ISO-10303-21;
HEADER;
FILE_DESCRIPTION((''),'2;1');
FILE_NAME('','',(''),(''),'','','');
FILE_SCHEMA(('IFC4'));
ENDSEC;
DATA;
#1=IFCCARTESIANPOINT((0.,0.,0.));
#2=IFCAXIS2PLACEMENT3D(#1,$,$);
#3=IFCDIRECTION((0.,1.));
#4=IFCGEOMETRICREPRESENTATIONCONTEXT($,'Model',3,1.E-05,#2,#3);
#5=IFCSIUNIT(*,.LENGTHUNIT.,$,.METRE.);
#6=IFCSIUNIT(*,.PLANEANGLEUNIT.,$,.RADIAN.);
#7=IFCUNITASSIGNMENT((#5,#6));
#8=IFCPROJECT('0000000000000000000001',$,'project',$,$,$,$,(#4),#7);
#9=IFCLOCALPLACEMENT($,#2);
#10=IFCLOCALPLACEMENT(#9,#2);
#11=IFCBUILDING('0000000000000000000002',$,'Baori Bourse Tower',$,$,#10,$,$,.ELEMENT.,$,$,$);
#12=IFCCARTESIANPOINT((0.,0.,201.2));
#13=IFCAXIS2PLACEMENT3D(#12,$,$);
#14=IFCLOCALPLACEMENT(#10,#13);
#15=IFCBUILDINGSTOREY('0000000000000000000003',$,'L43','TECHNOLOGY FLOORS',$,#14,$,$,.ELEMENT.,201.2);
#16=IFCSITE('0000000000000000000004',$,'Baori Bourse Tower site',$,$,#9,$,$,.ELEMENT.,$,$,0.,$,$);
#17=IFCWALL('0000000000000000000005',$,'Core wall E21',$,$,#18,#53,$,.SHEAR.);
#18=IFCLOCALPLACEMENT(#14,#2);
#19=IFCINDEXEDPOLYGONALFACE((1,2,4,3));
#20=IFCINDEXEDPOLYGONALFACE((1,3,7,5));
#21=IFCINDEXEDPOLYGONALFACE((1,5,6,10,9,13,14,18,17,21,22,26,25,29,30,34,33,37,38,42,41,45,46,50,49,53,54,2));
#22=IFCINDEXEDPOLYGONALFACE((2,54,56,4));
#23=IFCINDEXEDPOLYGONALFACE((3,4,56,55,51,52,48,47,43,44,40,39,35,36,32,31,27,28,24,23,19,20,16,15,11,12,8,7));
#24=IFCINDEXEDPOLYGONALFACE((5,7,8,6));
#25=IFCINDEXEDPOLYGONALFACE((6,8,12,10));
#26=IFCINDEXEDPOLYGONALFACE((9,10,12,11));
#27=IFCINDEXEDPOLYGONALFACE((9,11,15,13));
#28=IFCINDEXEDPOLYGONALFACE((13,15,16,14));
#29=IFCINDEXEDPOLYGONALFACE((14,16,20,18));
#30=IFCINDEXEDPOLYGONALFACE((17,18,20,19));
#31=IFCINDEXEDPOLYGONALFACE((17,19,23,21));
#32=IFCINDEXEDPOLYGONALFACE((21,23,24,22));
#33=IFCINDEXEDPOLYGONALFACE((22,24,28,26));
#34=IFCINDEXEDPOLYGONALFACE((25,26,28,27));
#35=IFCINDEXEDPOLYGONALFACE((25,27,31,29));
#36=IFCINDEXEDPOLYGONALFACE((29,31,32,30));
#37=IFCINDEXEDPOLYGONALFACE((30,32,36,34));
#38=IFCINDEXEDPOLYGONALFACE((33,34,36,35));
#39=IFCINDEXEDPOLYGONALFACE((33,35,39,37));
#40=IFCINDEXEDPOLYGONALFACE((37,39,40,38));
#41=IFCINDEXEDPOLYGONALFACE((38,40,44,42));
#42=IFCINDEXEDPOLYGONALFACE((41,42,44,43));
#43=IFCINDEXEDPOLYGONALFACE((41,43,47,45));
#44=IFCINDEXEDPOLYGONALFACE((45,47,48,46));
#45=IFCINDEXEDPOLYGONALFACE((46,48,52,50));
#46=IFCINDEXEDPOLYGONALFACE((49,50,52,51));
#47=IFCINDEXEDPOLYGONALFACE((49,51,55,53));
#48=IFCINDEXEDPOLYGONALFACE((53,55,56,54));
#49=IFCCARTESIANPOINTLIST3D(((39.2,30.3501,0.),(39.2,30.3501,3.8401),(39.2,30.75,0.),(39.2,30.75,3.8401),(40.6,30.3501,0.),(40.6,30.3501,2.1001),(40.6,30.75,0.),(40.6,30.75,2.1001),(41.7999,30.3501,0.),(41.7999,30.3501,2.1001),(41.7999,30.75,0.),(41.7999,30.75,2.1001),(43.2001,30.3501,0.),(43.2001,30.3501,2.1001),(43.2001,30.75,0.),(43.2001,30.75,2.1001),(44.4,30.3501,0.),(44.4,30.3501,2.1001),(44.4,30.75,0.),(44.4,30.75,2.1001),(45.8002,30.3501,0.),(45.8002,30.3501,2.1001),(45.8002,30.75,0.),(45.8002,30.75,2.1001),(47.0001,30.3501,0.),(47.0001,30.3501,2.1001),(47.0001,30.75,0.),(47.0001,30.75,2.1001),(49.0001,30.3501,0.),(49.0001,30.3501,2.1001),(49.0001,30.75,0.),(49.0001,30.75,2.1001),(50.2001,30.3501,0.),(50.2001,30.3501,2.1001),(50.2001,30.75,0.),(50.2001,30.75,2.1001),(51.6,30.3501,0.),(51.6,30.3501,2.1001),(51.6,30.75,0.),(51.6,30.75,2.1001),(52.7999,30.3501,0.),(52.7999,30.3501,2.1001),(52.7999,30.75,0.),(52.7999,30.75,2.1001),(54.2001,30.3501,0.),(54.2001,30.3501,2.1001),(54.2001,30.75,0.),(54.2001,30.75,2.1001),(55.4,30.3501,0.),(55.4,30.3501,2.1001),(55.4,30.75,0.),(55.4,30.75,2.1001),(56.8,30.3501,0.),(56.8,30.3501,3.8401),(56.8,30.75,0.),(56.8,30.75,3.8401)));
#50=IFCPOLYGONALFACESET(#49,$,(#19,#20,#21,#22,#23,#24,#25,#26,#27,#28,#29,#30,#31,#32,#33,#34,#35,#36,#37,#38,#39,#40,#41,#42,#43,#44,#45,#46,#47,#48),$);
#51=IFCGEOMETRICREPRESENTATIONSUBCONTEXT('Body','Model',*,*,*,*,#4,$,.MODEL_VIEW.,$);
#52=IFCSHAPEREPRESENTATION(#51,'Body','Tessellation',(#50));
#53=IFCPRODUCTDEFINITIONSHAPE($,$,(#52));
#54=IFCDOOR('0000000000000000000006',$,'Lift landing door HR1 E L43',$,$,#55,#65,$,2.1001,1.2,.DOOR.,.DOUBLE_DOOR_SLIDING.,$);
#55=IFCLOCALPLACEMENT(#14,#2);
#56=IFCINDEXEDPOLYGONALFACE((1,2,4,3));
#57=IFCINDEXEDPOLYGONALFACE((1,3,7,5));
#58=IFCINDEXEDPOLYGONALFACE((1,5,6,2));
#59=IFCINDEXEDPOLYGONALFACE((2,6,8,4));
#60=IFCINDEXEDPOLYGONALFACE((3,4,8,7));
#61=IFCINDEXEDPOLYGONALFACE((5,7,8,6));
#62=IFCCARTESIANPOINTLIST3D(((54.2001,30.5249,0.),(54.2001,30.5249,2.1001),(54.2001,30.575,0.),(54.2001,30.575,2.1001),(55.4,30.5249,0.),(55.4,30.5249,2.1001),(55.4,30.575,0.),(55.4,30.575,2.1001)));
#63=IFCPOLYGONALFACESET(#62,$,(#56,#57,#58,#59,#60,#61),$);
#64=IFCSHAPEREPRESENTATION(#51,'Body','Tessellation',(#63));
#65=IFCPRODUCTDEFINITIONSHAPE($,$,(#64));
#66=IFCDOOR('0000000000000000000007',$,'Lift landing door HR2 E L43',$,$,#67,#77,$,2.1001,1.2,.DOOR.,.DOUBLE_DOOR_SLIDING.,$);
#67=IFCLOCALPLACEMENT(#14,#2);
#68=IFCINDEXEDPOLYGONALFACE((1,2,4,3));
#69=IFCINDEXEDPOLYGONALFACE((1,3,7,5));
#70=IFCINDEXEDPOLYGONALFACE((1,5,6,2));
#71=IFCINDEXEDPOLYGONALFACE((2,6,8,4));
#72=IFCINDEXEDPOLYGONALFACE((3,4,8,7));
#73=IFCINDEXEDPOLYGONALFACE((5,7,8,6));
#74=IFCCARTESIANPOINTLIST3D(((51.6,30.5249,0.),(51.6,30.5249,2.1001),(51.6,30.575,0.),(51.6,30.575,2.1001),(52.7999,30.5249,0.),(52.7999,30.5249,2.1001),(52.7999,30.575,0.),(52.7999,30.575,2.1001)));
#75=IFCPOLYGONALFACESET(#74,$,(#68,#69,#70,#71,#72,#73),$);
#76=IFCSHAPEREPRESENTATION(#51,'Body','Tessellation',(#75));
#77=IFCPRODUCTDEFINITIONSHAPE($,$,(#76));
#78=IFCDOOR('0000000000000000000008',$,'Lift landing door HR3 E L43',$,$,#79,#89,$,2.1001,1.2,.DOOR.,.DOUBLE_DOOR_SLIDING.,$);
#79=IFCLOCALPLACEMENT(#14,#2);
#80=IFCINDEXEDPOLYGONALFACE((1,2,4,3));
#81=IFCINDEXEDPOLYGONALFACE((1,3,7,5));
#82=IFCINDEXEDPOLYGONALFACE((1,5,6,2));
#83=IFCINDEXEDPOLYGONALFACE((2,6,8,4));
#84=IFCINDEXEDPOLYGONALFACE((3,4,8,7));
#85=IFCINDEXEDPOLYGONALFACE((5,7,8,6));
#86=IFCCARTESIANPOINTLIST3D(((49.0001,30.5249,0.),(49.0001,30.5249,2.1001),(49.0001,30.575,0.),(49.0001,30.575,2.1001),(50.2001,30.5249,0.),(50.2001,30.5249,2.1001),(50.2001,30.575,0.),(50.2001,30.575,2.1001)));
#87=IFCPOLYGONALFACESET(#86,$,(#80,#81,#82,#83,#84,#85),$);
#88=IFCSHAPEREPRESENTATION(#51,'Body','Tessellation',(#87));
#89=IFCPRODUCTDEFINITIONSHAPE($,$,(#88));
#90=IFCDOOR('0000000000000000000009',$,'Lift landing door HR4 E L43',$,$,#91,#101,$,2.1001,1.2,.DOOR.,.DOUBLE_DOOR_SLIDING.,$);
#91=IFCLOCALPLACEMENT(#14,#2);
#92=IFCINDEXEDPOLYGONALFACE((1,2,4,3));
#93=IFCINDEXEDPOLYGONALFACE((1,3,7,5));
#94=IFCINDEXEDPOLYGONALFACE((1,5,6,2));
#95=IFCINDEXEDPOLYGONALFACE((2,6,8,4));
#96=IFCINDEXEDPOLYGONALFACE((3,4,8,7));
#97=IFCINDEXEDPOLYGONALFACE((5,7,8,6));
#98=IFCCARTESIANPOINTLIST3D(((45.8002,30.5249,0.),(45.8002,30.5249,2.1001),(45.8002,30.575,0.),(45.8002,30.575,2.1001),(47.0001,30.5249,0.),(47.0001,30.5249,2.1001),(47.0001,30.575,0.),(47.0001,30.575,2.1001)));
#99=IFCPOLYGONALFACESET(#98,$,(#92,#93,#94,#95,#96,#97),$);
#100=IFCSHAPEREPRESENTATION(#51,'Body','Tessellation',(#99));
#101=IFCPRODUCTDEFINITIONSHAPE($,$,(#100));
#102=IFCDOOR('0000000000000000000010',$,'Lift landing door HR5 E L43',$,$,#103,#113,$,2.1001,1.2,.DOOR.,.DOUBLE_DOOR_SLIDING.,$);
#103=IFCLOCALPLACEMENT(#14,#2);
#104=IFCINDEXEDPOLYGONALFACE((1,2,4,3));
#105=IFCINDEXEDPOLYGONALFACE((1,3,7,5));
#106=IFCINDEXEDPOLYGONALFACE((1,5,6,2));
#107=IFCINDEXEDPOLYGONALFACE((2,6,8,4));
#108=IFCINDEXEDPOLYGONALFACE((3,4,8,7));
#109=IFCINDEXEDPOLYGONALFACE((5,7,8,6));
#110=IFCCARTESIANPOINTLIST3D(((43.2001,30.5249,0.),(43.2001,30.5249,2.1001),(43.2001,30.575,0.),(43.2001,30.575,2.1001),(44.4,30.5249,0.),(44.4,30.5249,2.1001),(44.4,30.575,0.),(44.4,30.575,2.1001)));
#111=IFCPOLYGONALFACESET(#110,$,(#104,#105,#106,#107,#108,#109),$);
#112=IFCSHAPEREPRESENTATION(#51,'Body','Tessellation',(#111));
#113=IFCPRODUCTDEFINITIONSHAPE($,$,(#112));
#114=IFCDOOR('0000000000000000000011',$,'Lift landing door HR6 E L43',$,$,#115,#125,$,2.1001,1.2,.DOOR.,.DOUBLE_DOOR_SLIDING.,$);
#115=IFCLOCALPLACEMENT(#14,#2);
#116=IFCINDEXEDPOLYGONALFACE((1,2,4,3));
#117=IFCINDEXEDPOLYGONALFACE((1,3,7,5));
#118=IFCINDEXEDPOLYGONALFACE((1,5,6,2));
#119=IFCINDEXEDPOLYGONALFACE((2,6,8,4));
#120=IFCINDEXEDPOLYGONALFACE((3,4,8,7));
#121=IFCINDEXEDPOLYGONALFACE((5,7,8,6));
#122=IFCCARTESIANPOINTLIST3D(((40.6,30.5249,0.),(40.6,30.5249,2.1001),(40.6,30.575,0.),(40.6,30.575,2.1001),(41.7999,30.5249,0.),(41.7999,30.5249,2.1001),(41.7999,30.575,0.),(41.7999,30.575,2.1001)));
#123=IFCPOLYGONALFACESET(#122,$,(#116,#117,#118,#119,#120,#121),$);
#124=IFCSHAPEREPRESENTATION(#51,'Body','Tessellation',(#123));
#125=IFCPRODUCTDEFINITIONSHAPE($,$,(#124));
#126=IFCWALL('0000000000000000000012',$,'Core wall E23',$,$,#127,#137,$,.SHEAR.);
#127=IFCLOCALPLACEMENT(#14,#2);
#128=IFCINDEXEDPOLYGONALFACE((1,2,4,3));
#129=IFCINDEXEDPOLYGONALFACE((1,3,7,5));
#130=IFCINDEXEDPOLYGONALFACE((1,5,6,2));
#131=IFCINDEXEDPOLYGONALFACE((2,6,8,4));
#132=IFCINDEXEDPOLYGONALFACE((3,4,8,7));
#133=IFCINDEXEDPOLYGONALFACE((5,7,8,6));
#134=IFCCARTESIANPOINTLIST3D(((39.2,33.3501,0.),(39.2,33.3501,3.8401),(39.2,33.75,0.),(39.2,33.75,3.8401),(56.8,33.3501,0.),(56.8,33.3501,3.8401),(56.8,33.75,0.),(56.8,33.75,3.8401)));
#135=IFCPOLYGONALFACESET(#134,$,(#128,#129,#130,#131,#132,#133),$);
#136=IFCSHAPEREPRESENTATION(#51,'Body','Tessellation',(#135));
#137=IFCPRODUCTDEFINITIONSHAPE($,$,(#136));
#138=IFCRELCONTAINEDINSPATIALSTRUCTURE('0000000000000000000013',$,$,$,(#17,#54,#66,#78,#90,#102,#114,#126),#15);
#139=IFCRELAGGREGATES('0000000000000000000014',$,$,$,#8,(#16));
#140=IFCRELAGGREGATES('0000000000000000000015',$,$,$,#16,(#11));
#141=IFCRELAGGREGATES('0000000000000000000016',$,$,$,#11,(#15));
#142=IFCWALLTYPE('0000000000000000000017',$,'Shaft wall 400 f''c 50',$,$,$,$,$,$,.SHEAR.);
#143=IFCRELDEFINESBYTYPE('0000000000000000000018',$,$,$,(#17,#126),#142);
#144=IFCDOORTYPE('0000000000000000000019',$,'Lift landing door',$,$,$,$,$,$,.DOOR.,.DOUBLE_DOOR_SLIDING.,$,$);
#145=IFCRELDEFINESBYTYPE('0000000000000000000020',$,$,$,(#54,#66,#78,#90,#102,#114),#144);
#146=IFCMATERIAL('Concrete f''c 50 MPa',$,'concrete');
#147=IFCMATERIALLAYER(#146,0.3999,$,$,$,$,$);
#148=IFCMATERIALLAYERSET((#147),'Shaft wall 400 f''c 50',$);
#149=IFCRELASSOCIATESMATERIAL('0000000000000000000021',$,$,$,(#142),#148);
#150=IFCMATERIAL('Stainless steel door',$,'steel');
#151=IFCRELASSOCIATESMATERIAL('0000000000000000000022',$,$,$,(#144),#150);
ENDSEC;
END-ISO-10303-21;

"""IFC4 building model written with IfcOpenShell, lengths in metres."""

from ifc_helpers import new_model, si_unit, direction, frame, frame_2d, origin, place, context, subcontext, project, spatial, rectangle, extrude, material, layer, layer_set, type_object, element, fill, save


model = new_model("IFC4")

# Units and contexts
model_context = context("Model", 3, precision=1e-05, world=origin(), true_north=direction((0.0, 1.0)))
body_context = subcontext(model_context, "Body", "Model", "MODEL_VIEW")
ifc_project = project(units=[si_unit("LENGTHUNIT", "METRE"), si_unit("PLANEANGLEUNIT", "RADIAN")], contexts=[model_context])

# Site, building, storey
site_placement = place(None, origin())
site = spatial("IfcSite", under=ifc_project, at=site_placement, Name="Baori Bourse Tower site", CompositionType="ELEMENT", RefElevation=0.0)
building_placement = place(site_placement, origin())
building = spatial("IfcBuilding", under=site, at=building_placement, Name="Baori Bourse Tower", CompositionType="ELEMENT")
storey_placement = place(building_placement, frame((0.0, 0.0, 201.2)))
storey = spatial("IfcBuildingStorey", under=building, at=storey_placement, Name="L43", Description="TECHNOLOGY FLOORS", CompositionType="ELEMENT", Elevation=201.2)

# Wall, openings, doors
ifc_material_1 = material(Name="Concrete f'c 50 MPa", Category="concrete")
ifc_layer_1 = layer(ifc_material_1, 0.3999)
ifc_layer_set_1 = layer_set([ifc_layer_1], Name="Shaft wall 400 f'c 50")
wall_type_1 = type_object("IfcWallType", Name="Shaft wall 400 f'c 50", PredefinedType="SHEAR", material=ifc_layer_set_1)
wall_1_placement = place(storey_placement, frame((39.2, 30.55, 0.0), z_axis=(0.0, 0.0, 1.0), x_axis=(1.0, 0.0, 0.0)))
wall_1 = element("IfcWall", 1, at=wall_1_placement, inside=storey, type_object=wall_type_1, Name="Core wall E21", PredefinedType="SHEAR", context=body_context, shape_type="SweptSolid", body=[
    extrude(rectangle(XDim=17.6001, YDim=0.3999, at=frame_2d((8.8, 0.0))), origin(), (0.0, 0.0, 1.0), 3.8401),
])
opening_1_placement = place(wall_1_placement, frame((15.0, 0.0, 0.0)))
opening_1 = element("IfcOpeningElement", 2, at=opening_1_placement, cuts=wall_1, PredefinedType="OPENING", context=body_context, shape_type="SweptSolid", body=[
    extrude(rectangle(XDim=1.2, YDim=2.1001, at=frame_2d((0.6001, 1.05))), frame((0.0, 0.21, 0.0), z_axis=(0.0, -1.0, 0.0), x_axis=(1.0, 0.0, 0.0)), (0.0, 0.0, 1.0), 0.4199),
])
opening_2_placement = place(wall_1_placement, frame((12.3999, 0.0, 0.0)))
opening_2 = element("IfcOpeningElement", 3, at=opening_2_placement, cuts=wall_1, PredefinedType="OPENING", context=body_context, shape_type="SweptSolid", body=[
    extrude(rectangle(XDim=1.2, YDim=2.1001, at=frame_2d((0.6001, 1.05))), frame((0.0, 0.21, 0.0), z_axis=(0.0, -1.0, 0.0), x_axis=(1.0, 0.0, 0.0)), (0.0, 0.0, 1.0), 0.4199),
])
opening_3_placement = place(wall_1_placement, frame((9.8, 0.0, 0.0)))
opening_3 = element("IfcOpeningElement", 4, at=opening_3_placement, cuts=wall_1, PredefinedType="OPENING", context=body_context, shape_type="SweptSolid", body=[
    extrude(rectangle(XDim=1.2, YDim=2.1001, at=frame_2d((0.6001, 1.05))), frame((0.0, 0.21, 0.0), z_axis=(0.0, -1.0, 0.0), x_axis=(1.0, 0.0, 0.0)), (0.0, 0.0, 1.0), 0.4199),
])
opening_4_placement = place(wall_1_placement, frame((6.6001, 0.0, 0.0)))
opening_4 = element("IfcOpeningElement", 5, at=opening_4_placement, cuts=wall_1, PredefinedType="OPENING", context=body_context, shape_type="SweptSolid", body=[
    extrude(rectangle(XDim=1.2, YDim=2.1001, at=frame_2d((0.6001, 1.05))), frame((0.0, 0.21, 0.0), z_axis=(0.0, -1.0, 0.0), x_axis=(1.0, 0.0, 0.0)), (0.0, 0.0, 1.0), 0.4199),
])
opening_5_placement = place(wall_1_placement, frame((4.0, 0.0, 0.0)))
opening_5 = element("IfcOpeningElement", 6, at=opening_5_placement, cuts=wall_1, PredefinedType="OPENING", context=body_context, shape_type="SweptSolid", body=[
    extrude(rectangle(XDim=1.2, YDim=2.1001, at=frame_2d((0.6001, 1.05))), frame((0.0, 0.21, 0.0), z_axis=(0.0, -1.0, 0.0), x_axis=(1.0, 0.0, 0.0)), (0.0, 0.0, 1.0), 0.4199),
])
opening_6_placement = place(wall_1_placement, frame((1.3999, 0.0, 0.0)))
opening_6 = element("IfcOpeningElement", 7, at=opening_6_placement, cuts=wall_1, PredefinedType="OPENING", context=body_context, shape_type="SweptSolid", body=[
    extrude(rectangle(XDim=1.2, YDim=2.1001, at=frame_2d((0.6001, 1.05))), frame((0.0, 0.21, 0.0), z_axis=(0.0, -1.0, 0.0), x_axis=(1.0, 0.0, 0.0)), (0.0, 0.0, 1.0), 0.4199),
])
ifc_material_2 = material(Name="Stainless steel door", Category="steel")
door_type_1 = type_object("IfcDoorType", Name="Lift landing door", OperationType="DOUBLE_DOOR_SLIDING", PredefinedType="DOOR", material=ifc_material_2)
door_1_placement = place(opening_1_placement, origin())
door_1 = element("IfcDoor", 8, at=door_1_placement, inside=storey, type_object=door_type_1, Name="Lift landing door HR1 E L43", OperationType="DOUBLE_DOOR_SLIDING", OverallHeight=2.1001, OverallWidth=1.2, PredefinedType="DOOR", context=body_context, shape_type="SweptSolid", body=[
    extrude(rectangle(XDim=1.2, YDim=2.1001, at=frame_2d((0.6001, 1.05))), frame((0.0, 0.0249, 0.0), z_axis=(0.0, -1.0, 0.0), x_axis=(1.0, 0.0, 0.0)), (0.0, 0.0, 1.0), 0.05),
])
fill(opening_1, door_1)
door_2_placement = place(opening_2_placement, origin())
door_2 = element("IfcDoor", 9, at=door_2_placement, inside=storey, type_object=door_type_1, Name="Lift landing door HR2 E L43", OperationType="DOUBLE_DOOR_SLIDING", OverallHeight=2.1001, OverallWidth=1.2, PredefinedType="DOOR", context=body_context, shape_type="SweptSolid", body=[
    extrude(rectangle(XDim=1.2, YDim=2.1001, at=frame_2d((0.6001, 1.05))), frame((0.0, 0.0249, 0.0), z_axis=(0.0, -1.0, 0.0), x_axis=(1.0, 0.0, 0.0)), (0.0, 0.0, 1.0), 0.05),
])
fill(opening_2, door_2)
door_3_placement = place(opening_3_placement, origin())
door_3 = element("IfcDoor", 10, at=door_3_placement, inside=storey, type_object=door_type_1, Name="Lift landing door HR3 E L43", OperationType="DOUBLE_DOOR_SLIDING", OverallHeight=2.1001, OverallWidth=1.2, PredefinedType="DOOR", context=body_context, shape_type="SweptSolid", body=[
    extrude(rectangle(XDim=1.2, YDim=2.1001, at=frame_2d((0.6001, 1.05))), frame((0.0, 0.0249, 0.0), z_axis=(0.0, -1.0, 0.0), x_axis=(1.0, 0.0, 0.0)), (0.0, 0.0, 1.0), 0.05),
])
fill(opening_3, door_3)
door_4_placement = place(opening_4_placement, origin())
door_4 = element("IfcDoor", 11, at=door_4_placement, inside=storey, type_object=door_type_1, Name="Lift landing door HR4 E L43", OperationType="DOUBLE_DOOR_SLIDING", OverallHeight=2.1001, OverallWidth=1.2, PredefinedType="DOOR", context=body_context, shape_type="SweptSolid", body=[
    extrude(rectangle(XDim=1.2, YDim=2.1001, at=frame_2d((0.6001, 1.05))), frame((0.0, 0.0249, 0.0), z_axis=(0.0, -1.0, 0.0), x_axis=(1.0, 0.0, 0.0)), (0.0, 0.0, 1.0), 0.05),
])
fill(opening_4, door_4)
door_5_placement = place(opening_5_placement, origin())
door_5 = element("IfcDoor", 12, at=door_5_placement, inside=storey, type_object=door_type_1, Name="Lift landing door HR5 E L43", OperationType="DOUBLE_DOOR_SLIDING", OverallHeight=2.1001, OverallWidth=1.2, PredefinedType="DOOR", context=body_context, shape_type="SweptSolid", body=[
    extrude(rectangle(XDim=1.2, YDim=2.1001, at=frame_2d((0.6001, 1.05))), frame((0.0, 0.0249, 0.0), z_axis=(0.0, -1.0, 0.0), x_axis=(1.0, 0.0, 0.0)), (0.0, 0.0, 1.0), 0.05),
])
fill(opening_5, door_5)
door_6_placement = place(opening_6_placement, origin())
door_6 = element("IfcDoor", 13, at=door_6_placement, inside=storey, type_object=door_type_1, Name="Lift landing door HR6 E L43", OperationType="DOUBLE_DOOR_SLIDING", OverallHeight=2.1001, OverallWidth=1.2, PredefinedType="DOOR", context=body_context, shape_type="SweptSolid", body=[
    extrude(rectangle(XDim=1.2, YDim=2.1001, at=frame_2d((0.6001, 1.05))), frame((0.0, 0.0249, 0.0), z_axis=(0.0, -1.0, 0.0), x_axis=(1.0, 0.0, 0.0)), (0.0, 0.0, 1.0), 0.05),
])
fill(opening_6, door_6)

# Wall
wall_2_placement = place(storey_placement, frame((39.2, 33.55, 0.0), z_axis=(0.0, 0.0, 1.0), x_axis=(1.0, 0.0, 0.0)))
element("IfcWall", 14, at=wall_2_placement, inside=storey, type_object=wall_type_1, Name="Core wall E23", PredefinedType="SHEAR", context=body_context, shape_type="SweptSolid", body=[
    extrude(rectangle(XDim=17.6001, YDim=0.3999, at=frame_2d((8.8, 0.0))), origin(), (0.0, 0.0, 1.0), 3.8401),
])

save(model, "model.ifc")
